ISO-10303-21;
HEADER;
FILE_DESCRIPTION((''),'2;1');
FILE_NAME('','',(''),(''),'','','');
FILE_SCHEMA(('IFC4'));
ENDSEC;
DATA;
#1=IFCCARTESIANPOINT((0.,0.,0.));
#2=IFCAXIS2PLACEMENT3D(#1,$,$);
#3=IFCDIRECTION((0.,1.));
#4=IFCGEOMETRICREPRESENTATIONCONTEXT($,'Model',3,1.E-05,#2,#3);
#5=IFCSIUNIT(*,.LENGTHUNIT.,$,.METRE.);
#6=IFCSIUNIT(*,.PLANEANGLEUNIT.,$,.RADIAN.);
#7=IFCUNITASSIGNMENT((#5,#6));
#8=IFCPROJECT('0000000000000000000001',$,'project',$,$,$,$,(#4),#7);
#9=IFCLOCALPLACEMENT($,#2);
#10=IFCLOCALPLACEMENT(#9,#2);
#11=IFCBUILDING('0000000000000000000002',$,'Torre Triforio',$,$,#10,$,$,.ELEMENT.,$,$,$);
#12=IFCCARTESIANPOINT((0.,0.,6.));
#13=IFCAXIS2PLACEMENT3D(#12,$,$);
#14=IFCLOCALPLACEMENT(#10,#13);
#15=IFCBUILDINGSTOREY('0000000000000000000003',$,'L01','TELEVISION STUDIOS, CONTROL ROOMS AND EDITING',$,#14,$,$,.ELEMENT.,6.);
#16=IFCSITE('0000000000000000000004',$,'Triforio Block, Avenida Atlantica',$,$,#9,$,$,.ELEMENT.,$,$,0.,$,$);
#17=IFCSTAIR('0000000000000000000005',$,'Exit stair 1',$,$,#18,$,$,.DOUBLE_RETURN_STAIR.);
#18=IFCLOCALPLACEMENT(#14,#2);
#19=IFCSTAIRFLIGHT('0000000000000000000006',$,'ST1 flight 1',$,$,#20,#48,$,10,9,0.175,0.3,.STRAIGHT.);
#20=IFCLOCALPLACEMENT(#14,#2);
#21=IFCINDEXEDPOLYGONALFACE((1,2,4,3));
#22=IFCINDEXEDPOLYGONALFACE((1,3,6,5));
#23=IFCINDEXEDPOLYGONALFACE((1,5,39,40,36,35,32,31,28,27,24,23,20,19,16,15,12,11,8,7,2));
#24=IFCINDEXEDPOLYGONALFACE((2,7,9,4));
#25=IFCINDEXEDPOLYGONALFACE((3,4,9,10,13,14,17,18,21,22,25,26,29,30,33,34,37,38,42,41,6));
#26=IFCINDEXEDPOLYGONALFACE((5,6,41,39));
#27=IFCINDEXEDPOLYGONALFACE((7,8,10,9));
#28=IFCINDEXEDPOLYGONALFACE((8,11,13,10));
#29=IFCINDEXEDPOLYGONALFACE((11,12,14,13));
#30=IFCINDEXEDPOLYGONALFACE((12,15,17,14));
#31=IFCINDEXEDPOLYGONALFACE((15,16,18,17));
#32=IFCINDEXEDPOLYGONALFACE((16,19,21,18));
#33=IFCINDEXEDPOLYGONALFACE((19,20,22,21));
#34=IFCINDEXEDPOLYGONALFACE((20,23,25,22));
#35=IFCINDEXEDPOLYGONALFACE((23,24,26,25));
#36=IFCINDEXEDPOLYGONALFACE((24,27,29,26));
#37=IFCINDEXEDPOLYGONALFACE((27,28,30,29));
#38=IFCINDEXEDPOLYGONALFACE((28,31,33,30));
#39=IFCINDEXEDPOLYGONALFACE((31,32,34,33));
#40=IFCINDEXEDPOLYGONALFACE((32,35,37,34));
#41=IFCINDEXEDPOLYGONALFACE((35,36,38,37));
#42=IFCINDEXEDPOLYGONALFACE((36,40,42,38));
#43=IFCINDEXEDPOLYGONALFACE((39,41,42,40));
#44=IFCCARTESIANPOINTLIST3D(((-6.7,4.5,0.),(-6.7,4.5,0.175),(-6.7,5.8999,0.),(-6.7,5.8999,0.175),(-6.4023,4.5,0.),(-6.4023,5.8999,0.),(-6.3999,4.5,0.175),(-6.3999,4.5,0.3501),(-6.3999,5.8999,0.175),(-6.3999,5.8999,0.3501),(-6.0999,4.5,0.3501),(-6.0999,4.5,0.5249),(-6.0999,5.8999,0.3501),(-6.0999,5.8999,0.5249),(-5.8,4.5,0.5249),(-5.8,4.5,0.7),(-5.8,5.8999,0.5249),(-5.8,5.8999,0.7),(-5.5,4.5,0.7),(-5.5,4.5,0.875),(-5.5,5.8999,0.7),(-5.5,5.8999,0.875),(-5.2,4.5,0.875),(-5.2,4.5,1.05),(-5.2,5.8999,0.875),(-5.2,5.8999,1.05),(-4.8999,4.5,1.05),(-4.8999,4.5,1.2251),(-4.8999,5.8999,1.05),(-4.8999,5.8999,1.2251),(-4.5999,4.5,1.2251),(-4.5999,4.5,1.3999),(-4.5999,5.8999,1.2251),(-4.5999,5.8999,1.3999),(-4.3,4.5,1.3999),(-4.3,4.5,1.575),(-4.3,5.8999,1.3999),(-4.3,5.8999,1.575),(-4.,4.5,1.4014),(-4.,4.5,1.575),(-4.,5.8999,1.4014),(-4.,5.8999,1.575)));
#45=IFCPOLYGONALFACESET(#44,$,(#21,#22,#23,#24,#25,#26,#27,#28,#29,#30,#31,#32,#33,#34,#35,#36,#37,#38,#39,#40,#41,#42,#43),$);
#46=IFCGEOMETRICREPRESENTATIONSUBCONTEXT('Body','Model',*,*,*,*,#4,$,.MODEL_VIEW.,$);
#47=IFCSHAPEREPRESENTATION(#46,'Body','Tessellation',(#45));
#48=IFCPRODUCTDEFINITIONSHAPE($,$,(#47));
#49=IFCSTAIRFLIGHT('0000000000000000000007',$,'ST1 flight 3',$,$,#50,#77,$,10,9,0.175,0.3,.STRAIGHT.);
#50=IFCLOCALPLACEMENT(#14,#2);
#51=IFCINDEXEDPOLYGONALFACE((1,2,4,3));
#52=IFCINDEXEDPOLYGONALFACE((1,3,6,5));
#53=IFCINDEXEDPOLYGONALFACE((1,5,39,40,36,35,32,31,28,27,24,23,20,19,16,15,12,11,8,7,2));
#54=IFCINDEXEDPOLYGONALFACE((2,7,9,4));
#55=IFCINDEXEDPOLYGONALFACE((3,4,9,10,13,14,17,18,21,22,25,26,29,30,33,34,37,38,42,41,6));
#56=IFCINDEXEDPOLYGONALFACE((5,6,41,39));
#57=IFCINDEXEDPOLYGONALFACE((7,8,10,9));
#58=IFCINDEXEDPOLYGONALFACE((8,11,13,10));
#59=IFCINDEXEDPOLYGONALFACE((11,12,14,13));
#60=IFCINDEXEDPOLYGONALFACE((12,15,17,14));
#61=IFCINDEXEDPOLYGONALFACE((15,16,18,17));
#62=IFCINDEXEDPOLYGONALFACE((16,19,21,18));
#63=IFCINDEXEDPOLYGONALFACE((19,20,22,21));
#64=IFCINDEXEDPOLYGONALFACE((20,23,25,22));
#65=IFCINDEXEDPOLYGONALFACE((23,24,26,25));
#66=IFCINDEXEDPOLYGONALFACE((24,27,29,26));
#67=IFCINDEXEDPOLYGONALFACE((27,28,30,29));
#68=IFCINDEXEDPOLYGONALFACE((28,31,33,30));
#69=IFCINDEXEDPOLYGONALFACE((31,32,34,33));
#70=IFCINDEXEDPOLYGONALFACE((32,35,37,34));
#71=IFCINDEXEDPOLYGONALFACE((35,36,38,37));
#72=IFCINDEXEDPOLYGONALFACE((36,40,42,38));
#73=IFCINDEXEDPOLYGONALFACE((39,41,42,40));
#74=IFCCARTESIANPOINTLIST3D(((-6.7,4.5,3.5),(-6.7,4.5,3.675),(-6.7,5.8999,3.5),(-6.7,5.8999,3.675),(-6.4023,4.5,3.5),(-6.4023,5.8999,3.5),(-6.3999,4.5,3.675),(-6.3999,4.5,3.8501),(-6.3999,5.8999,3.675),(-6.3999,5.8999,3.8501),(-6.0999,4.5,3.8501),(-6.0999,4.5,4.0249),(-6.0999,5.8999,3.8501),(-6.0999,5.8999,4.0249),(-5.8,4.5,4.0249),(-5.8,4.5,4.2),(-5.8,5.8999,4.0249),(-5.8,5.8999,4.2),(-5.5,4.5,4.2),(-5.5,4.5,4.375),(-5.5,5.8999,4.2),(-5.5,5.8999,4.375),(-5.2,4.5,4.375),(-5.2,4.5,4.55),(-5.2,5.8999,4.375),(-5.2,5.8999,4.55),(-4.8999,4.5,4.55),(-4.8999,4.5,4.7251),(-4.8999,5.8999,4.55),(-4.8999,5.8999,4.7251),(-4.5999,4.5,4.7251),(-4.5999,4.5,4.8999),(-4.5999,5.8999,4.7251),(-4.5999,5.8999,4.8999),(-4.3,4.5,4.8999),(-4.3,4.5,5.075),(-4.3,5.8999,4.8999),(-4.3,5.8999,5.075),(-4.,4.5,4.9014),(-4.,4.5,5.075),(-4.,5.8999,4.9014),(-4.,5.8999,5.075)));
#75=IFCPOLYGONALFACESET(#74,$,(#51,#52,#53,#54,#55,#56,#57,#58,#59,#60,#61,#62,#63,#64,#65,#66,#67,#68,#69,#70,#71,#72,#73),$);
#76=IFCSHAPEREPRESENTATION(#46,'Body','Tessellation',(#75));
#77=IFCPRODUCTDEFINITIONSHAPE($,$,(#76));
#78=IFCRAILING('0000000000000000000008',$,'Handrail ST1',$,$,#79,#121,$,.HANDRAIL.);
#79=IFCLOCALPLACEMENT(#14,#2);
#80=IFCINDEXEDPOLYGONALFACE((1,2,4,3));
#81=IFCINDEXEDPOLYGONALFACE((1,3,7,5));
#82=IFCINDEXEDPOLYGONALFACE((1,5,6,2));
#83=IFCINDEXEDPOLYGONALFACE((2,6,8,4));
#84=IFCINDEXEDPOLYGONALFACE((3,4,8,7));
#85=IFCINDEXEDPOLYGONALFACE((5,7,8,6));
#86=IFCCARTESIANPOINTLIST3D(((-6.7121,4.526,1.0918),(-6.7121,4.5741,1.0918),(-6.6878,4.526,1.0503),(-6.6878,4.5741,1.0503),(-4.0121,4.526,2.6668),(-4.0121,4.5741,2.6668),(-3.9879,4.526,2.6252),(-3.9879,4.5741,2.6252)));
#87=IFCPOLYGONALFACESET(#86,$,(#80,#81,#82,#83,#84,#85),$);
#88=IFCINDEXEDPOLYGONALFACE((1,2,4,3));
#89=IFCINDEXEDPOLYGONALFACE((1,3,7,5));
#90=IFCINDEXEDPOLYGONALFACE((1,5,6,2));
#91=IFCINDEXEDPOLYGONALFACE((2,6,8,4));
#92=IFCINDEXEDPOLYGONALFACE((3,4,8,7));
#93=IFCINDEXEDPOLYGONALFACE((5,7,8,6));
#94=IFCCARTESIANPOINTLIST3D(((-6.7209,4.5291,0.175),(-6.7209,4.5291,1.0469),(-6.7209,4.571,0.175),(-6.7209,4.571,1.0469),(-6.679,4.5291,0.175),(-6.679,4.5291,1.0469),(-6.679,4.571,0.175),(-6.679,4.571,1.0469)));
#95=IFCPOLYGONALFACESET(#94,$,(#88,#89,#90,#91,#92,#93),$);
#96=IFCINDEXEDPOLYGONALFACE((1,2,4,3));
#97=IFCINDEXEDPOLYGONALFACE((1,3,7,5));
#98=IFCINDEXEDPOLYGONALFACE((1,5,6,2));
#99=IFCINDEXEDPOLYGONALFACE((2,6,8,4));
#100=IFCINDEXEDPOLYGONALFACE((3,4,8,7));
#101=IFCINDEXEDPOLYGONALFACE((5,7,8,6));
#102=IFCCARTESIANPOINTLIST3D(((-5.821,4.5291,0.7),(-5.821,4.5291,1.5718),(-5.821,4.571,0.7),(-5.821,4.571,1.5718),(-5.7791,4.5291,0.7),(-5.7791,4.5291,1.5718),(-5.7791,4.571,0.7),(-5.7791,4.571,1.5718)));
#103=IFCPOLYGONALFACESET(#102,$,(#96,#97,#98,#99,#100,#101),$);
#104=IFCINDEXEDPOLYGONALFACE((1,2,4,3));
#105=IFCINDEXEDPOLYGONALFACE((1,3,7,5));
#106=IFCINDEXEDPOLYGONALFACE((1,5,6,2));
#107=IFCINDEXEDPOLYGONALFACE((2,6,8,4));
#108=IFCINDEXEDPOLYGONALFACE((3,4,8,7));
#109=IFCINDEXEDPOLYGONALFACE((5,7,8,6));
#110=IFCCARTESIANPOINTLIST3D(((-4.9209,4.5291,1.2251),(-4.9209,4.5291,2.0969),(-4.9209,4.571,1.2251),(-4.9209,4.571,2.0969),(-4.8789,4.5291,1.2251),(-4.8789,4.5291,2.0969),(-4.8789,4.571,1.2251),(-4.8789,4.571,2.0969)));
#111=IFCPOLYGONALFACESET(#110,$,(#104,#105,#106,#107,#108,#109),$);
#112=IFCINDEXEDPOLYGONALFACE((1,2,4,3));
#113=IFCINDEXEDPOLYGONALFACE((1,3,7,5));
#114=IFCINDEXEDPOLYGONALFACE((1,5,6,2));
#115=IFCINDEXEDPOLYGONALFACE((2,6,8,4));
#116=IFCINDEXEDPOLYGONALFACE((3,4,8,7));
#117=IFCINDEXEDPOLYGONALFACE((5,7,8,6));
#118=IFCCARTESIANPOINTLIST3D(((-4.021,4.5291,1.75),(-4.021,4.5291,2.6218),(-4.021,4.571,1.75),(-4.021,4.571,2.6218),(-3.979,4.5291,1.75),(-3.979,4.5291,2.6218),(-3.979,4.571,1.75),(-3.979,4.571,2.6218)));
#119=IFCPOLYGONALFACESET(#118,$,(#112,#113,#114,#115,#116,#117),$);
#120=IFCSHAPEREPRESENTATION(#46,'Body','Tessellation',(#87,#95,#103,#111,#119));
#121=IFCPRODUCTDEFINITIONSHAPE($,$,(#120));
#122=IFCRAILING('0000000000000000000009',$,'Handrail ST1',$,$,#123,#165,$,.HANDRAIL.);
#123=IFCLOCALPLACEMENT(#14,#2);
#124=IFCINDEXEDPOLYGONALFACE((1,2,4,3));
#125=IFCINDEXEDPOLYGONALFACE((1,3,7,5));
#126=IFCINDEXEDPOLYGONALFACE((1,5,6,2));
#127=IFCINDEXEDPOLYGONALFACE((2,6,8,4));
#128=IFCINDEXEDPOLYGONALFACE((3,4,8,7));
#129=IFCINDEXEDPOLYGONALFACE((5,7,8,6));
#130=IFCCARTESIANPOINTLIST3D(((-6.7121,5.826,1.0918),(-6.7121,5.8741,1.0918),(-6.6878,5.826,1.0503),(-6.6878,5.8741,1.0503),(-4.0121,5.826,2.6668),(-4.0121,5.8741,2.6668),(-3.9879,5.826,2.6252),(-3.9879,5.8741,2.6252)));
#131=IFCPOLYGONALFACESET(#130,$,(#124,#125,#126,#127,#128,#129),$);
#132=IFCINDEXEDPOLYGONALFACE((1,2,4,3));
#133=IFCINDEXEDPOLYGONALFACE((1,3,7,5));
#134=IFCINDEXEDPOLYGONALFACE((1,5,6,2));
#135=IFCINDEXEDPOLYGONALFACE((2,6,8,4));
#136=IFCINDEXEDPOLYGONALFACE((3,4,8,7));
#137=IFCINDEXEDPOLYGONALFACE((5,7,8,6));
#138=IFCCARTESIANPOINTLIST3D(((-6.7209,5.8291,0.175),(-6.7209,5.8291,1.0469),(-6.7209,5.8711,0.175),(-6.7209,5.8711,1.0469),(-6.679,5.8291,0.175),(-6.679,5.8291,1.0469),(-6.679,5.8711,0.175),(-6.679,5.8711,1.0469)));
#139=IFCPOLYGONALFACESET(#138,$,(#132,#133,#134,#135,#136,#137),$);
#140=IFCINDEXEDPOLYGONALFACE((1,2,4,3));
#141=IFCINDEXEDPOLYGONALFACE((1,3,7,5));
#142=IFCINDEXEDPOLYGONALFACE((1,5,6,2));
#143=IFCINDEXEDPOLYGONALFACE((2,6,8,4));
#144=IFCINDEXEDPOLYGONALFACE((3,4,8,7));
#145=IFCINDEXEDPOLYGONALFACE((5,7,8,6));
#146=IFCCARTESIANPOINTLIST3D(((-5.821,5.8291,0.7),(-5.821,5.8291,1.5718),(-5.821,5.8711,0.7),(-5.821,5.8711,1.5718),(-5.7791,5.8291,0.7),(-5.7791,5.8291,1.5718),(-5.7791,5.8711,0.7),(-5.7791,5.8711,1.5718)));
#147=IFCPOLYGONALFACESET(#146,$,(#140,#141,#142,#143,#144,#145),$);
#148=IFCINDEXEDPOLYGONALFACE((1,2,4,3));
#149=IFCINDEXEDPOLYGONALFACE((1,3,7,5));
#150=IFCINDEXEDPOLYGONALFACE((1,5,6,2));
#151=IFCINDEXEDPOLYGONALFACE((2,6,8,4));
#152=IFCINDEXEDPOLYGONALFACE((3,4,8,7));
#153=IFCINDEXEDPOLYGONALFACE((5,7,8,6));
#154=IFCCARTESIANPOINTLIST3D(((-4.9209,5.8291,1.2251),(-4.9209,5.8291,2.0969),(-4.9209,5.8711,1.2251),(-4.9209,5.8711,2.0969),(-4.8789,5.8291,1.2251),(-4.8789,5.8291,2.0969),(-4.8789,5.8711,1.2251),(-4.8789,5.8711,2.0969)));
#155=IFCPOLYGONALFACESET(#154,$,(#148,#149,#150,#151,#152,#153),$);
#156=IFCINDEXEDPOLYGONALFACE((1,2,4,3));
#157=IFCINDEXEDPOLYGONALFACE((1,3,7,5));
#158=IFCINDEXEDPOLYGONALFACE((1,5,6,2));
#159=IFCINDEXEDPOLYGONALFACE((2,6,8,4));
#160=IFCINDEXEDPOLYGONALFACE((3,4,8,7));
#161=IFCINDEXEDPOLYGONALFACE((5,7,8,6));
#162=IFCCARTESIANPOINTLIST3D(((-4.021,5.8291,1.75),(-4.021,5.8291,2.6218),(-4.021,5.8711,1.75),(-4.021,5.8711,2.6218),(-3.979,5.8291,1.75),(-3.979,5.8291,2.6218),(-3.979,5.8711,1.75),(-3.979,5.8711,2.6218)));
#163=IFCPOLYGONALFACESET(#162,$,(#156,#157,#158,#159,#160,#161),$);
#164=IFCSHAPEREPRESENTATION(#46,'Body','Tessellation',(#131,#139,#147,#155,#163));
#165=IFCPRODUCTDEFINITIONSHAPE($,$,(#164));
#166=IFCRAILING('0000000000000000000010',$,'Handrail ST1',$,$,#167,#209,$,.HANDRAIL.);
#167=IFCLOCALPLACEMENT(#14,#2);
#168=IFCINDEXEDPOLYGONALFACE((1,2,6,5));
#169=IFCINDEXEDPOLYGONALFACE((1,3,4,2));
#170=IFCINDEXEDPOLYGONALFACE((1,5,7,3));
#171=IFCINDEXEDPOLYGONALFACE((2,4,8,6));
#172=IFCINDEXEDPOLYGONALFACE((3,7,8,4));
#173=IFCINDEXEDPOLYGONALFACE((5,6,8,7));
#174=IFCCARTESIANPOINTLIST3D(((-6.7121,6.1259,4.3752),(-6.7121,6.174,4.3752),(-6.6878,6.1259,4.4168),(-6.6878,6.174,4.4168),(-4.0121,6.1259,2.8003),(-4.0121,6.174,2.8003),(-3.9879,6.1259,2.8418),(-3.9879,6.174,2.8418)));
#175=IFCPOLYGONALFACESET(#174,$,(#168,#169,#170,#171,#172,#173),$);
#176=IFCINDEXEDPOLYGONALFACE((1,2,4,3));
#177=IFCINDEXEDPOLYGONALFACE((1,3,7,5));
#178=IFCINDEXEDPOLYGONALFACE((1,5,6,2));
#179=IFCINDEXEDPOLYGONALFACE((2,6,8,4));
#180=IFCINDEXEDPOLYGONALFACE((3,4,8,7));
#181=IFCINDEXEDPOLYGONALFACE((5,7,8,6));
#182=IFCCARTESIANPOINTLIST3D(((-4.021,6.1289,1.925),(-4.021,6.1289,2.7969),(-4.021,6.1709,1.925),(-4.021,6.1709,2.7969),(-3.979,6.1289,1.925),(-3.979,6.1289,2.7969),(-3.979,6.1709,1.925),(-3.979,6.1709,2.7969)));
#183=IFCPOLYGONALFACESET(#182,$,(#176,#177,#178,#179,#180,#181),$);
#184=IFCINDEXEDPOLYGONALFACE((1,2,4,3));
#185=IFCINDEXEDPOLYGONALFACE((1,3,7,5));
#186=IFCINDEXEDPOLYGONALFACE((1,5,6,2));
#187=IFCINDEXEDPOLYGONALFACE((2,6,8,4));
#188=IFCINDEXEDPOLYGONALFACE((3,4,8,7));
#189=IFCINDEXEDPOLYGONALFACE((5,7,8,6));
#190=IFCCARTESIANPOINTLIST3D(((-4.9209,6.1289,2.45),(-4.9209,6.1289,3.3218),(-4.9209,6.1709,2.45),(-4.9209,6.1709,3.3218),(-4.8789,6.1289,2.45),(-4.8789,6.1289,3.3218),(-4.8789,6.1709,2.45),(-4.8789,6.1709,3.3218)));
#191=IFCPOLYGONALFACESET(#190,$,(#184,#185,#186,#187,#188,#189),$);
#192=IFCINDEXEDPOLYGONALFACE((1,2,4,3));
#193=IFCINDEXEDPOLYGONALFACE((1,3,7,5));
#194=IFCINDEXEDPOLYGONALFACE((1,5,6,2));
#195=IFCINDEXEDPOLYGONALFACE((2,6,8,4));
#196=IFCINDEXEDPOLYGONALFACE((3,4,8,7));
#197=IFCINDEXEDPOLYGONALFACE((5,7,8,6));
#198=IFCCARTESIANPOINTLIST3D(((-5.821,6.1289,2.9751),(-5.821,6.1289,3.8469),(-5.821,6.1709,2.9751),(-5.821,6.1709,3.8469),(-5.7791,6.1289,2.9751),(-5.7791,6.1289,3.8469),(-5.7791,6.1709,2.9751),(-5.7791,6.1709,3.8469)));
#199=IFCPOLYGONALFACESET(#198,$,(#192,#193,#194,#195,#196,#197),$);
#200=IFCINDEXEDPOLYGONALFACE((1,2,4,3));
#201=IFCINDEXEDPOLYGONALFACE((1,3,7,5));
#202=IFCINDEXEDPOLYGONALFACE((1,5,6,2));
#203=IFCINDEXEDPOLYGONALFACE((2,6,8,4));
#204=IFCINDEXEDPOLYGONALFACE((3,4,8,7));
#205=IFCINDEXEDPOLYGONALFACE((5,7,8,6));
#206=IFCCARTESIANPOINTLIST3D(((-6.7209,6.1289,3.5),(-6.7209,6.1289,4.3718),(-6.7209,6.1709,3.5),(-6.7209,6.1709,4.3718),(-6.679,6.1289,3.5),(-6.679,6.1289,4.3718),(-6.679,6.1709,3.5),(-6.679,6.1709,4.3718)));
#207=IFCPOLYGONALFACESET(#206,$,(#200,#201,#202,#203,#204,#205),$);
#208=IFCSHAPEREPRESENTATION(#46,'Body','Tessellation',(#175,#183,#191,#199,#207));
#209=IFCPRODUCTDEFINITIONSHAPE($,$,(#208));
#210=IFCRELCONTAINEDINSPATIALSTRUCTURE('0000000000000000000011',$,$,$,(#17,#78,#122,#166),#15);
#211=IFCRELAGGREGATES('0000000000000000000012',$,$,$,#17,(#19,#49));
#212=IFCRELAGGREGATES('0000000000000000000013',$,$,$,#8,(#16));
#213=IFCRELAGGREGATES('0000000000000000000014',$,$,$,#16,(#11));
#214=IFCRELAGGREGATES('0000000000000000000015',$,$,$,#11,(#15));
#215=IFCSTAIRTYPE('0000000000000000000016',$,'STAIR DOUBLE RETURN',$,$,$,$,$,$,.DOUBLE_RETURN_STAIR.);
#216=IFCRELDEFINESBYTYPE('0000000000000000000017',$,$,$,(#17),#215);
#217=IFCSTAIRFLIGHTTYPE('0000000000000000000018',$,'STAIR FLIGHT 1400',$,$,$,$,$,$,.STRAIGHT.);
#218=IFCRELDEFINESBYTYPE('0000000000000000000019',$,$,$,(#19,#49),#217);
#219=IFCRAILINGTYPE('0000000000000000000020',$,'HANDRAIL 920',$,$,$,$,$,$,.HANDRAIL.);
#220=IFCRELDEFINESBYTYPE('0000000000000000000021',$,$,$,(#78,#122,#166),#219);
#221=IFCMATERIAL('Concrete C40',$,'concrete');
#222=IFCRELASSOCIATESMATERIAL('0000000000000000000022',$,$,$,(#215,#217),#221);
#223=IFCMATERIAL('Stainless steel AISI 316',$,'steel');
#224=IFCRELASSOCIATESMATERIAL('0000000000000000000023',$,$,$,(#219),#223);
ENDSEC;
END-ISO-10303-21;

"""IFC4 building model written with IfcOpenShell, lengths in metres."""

from ifc_helpers import new_model, si_unit, direction, frame, origin, origin_2d, place, context, subcontext, project, spatial, polyline, rectangle, outline, extrude, material, type_object, element, aggregate, save


model = new_model("IFC4")

# Units and contexts
model_context = context("Model", 3, precision=1e-05, world=origin(), true_north=direction((0.0, 1.0)))
body_context = subcontext(model_context, "Body", "Model", "MODEL_VIEW")
ifc_project = project(units=[si_unit("LENGTHUNIT", "METRE"), si_unit("PLANEANGLEUNIT", "RADIAN")], contexts=[model_context])

# Site, building, storey
site_placement = place(None, origin())
site = spatial("IfcSite", under=ifc_project, at=site_placement, Name="Triforio Block, Avenida Atlantica", CompositionType="ELEMENT", RefElevation=0.0)
building_placement = place(site_placement, origin())
building = spatial("IfcBuilding", under=site, at=building_placement, Name="Torre Triforio", CompositionType="ELEMENT")
storey_placement = place(building_placement, frame((0.0, 0.0, 6.0)))
storey = spatial("IfcBuildingStorey", under=building, at=storey_placement, Name="L01", Description="TELEVISION STUDIOS, CONTROL ROOMS AND EDITING", CompositionType="ELEMENT", Elevation=6.0)

# Stair, stair flights
ifc_material_1 = material(Name="Concrete C40", Category="concrete")
stair_type = type_object("IfcStairType", Name="STAIR DOUBLE RETURN", PredefinedType="DOUBLE_RETURN_STAIR", material=ifc_material_1)
stair_placement = place(storey_placement, origin())
stair = element("IfcStair", 1, at=stair_placement, inside=storey, type_object=stair_type, Name="Exit stair 1", PredefinedType="DOUBLE_RETURN_STAIR")
stair_flight_type = type_object("IfcStairFlightType", Name="STAIR FLIGHT 1400", PredefinedType="STRAIGHT", material=ifc_material_1)
stair_flight_1_placement = place(storey_placement, frame((-6.7, 5.2, 0.0), z_axis=(0.0, 0.0, 1.0), x_axis=(1.0, 0.0, 0.0)))
stair_flight_1 = element("IfcStairFlight", 2, at=stair_flight_1_placement, type_object=stair_flight_type, Name="ST1 flight 1", NumberOfRisers=10, NumberOfTreads=9, PredefinedType="STRAIGHT", RiserHeight=0.175, TreadLength=0.3, context=body_context, shape_type="SweptSolid", body=[
    extrude(outline(polyline([(0.0, 0.0), (0.0, 0.175), (0.3, 0.175), (0.3, 0.3501), (0.6001, 0.3501), (0.6001, 0.5249), (0.8999, 0.5249), (0.8999, 0.7), (1.2, 0.7), (1.2, 0.875), (1.5, 0.875), (1.5, 1.05), (1.8, 1.05), (1.8, 1.2251), (2.1001, 1.2251), (2.1001, 1.3999), (2.3999, 1.3999), (2.3999, 1.575), (2.7, 1.575), (2.7, 1.75), (2.7, 1.4014), (0.2976, 0.0), (0.0, 0.0)])), frame((0.0, 0.7, 0.0), z_axis=(0.0, -1.0, 0.0), x_axis=(1.0, 0.0, 0.0)), (0.0, 0.0, 1.0), 1.3999),
])
stair_flight_2_placement = place(storey_placement, frame((-6.7, 5.2, 3.5), z_axis=(0.0, 0.0, 1.0), x_axis=(1.0, 0.0, 0.0)))
stair_flight_2 = element("IfcStairFlight", 3, at=stair_flight_2_placement, type_object=stair_flight_type, Name="ST1 flight 3", NumberOfRisers=10, NumberOfTreads=9, PredefinedType="STRAIGHT", RiserHeight=0.175, TreadLength=0.3, context=body_context, shape_type="SweptSolid", body=[
    extrude(outline(polyline([(0.0, 0.0), (0.0, 0.175), (0.3, 0.175), (0.3, 0.3501), (0.6001, 0.3501), (0.6001, 0.5249), (0.8999, 0.5249), (0.8999, 0.7), (1.2, 0.7), (1.2, 0.875), (1.5, 0.875), (1.5, 1.05), (1.8, 1.05), (1.8, 1.2251), (2.1001, 1.2251), (2.1001, 1.3999), (2.3999, 1.3999), (2.3999, 1.575), (2.7, 1.575), (2.7, 1.75), (2.7, 1.4014), (0.2976, 0.0), (0.0, 0.0)])), frame((0.0, 0.7, 0.0), z_axis=(0.0, -1.0, 0.0), x_axis=(1.0, 0.0, 0.0)), (0.0, 0.0, 1.0), 1.3999),
])
aggregate(stair, [stair_flight_1, stair_flight_2])

# Railings
ifc_material_2 = material(Name="Stainless steel AISI 316", Category="steel")
railing_type = type_object("IfcRailingType", Name="HANDRAIL 920", PredefinedType="HANDRAIL", material=ifc_material_2)
for number, where, name in (
    (4, (-6.7, 4.55, 0.175), "Handrail ST1"),
    (5, (-6.7, 5.8501, 0.175), "Handrail ST1"),
):
    element("IfcRailing", number, at=place(storey_placement, frame(where)), inside=storey, type_object=railing_type, Name=name, PredefinedType="HANDRAIL", context=body_context, shape_type="SweptSolid", body=[
        extrude(rectangle(XDim=0.0481, YDim=0.0481, at=origin_2d()), frame((0.0, 0.0, 0.896), z_axis=(0.863782, 0.0, 0.503866), x_axis=(0.0, 1.0, 0.0)), (0.0, 0.0, 1.0), 3.1257),
        extrude(rectangle(XDim=0.042, YDim=0.042, at=origin_2d()), origin(), (0.0, 0.0, 1.0), 0.8718),
        extrude(rectangle(XDim=0.042, YDim=0.042, at=origin_2d()), frame((0.8999, 0.0, 0.5249)), (0.0, 0.0, 1.0), 0.8718),
        extrude(rectangle(XDim=0.042, YDim=0.042, at=origin_2d()), frame((1.8, 0.0, 1.05)), (0.0, 0.0, 1.0), 0.8718),
        extrude(rectangle(XDim=0.042, YDim=0.042, at=origin_2d()), frame((2.7, 0.0, 1.575)), (0.0, 0.0, 1.0), 0.8718),
    ])
railing_placement = place(storey_placement, frame((-4.0, 6.1499, 1.925)))
element("IfcRailing", 6, at=railing_placement, inside=storey, type_object=railing_type, Name="Handrail ST1", PredefinedType="HANDRAIL", context=body_context, shape_type="SweptSolid", body=[
    extrude(rectangle(XDim=0.0481, YDim=0.0481, at=origin_2d()), frame((0.0, 0.0, 0.896), z_axis=(-0.863782, 0.0, 0.503866), x_axis=(0.0, -1.0, 0.0)), (0.0, 0.0, 1.0), 3.1257),
    extrude(rectangle(XDim=0.042, YDim=0.042, at=origin_2d()), origin(), (0.0, 0.0, 1.0), 0.8718),
    extrude(rectangle(XDim=0.042, YDim=0.042, at=origin_2d()), frame((-0.8999, 0.0, 0.5249)), (0.0, 0.0, 1.0), 0.8718),
    extrude(rectangle(XDim=0.042, YDim=0.042, at=origin_2d()), frame((-1.8, 0.0, 1.05)), (0.0, 0.0, 1.0), 0.8718),
    extrude(rectangle(XDim=0.042, YDim=0.042, at=origin_2d()), frame((-2.7, 0.0, 1.575)), (0.0, 0.0, 1.0), 0.8718),
])

save(model, "model.ifc")
